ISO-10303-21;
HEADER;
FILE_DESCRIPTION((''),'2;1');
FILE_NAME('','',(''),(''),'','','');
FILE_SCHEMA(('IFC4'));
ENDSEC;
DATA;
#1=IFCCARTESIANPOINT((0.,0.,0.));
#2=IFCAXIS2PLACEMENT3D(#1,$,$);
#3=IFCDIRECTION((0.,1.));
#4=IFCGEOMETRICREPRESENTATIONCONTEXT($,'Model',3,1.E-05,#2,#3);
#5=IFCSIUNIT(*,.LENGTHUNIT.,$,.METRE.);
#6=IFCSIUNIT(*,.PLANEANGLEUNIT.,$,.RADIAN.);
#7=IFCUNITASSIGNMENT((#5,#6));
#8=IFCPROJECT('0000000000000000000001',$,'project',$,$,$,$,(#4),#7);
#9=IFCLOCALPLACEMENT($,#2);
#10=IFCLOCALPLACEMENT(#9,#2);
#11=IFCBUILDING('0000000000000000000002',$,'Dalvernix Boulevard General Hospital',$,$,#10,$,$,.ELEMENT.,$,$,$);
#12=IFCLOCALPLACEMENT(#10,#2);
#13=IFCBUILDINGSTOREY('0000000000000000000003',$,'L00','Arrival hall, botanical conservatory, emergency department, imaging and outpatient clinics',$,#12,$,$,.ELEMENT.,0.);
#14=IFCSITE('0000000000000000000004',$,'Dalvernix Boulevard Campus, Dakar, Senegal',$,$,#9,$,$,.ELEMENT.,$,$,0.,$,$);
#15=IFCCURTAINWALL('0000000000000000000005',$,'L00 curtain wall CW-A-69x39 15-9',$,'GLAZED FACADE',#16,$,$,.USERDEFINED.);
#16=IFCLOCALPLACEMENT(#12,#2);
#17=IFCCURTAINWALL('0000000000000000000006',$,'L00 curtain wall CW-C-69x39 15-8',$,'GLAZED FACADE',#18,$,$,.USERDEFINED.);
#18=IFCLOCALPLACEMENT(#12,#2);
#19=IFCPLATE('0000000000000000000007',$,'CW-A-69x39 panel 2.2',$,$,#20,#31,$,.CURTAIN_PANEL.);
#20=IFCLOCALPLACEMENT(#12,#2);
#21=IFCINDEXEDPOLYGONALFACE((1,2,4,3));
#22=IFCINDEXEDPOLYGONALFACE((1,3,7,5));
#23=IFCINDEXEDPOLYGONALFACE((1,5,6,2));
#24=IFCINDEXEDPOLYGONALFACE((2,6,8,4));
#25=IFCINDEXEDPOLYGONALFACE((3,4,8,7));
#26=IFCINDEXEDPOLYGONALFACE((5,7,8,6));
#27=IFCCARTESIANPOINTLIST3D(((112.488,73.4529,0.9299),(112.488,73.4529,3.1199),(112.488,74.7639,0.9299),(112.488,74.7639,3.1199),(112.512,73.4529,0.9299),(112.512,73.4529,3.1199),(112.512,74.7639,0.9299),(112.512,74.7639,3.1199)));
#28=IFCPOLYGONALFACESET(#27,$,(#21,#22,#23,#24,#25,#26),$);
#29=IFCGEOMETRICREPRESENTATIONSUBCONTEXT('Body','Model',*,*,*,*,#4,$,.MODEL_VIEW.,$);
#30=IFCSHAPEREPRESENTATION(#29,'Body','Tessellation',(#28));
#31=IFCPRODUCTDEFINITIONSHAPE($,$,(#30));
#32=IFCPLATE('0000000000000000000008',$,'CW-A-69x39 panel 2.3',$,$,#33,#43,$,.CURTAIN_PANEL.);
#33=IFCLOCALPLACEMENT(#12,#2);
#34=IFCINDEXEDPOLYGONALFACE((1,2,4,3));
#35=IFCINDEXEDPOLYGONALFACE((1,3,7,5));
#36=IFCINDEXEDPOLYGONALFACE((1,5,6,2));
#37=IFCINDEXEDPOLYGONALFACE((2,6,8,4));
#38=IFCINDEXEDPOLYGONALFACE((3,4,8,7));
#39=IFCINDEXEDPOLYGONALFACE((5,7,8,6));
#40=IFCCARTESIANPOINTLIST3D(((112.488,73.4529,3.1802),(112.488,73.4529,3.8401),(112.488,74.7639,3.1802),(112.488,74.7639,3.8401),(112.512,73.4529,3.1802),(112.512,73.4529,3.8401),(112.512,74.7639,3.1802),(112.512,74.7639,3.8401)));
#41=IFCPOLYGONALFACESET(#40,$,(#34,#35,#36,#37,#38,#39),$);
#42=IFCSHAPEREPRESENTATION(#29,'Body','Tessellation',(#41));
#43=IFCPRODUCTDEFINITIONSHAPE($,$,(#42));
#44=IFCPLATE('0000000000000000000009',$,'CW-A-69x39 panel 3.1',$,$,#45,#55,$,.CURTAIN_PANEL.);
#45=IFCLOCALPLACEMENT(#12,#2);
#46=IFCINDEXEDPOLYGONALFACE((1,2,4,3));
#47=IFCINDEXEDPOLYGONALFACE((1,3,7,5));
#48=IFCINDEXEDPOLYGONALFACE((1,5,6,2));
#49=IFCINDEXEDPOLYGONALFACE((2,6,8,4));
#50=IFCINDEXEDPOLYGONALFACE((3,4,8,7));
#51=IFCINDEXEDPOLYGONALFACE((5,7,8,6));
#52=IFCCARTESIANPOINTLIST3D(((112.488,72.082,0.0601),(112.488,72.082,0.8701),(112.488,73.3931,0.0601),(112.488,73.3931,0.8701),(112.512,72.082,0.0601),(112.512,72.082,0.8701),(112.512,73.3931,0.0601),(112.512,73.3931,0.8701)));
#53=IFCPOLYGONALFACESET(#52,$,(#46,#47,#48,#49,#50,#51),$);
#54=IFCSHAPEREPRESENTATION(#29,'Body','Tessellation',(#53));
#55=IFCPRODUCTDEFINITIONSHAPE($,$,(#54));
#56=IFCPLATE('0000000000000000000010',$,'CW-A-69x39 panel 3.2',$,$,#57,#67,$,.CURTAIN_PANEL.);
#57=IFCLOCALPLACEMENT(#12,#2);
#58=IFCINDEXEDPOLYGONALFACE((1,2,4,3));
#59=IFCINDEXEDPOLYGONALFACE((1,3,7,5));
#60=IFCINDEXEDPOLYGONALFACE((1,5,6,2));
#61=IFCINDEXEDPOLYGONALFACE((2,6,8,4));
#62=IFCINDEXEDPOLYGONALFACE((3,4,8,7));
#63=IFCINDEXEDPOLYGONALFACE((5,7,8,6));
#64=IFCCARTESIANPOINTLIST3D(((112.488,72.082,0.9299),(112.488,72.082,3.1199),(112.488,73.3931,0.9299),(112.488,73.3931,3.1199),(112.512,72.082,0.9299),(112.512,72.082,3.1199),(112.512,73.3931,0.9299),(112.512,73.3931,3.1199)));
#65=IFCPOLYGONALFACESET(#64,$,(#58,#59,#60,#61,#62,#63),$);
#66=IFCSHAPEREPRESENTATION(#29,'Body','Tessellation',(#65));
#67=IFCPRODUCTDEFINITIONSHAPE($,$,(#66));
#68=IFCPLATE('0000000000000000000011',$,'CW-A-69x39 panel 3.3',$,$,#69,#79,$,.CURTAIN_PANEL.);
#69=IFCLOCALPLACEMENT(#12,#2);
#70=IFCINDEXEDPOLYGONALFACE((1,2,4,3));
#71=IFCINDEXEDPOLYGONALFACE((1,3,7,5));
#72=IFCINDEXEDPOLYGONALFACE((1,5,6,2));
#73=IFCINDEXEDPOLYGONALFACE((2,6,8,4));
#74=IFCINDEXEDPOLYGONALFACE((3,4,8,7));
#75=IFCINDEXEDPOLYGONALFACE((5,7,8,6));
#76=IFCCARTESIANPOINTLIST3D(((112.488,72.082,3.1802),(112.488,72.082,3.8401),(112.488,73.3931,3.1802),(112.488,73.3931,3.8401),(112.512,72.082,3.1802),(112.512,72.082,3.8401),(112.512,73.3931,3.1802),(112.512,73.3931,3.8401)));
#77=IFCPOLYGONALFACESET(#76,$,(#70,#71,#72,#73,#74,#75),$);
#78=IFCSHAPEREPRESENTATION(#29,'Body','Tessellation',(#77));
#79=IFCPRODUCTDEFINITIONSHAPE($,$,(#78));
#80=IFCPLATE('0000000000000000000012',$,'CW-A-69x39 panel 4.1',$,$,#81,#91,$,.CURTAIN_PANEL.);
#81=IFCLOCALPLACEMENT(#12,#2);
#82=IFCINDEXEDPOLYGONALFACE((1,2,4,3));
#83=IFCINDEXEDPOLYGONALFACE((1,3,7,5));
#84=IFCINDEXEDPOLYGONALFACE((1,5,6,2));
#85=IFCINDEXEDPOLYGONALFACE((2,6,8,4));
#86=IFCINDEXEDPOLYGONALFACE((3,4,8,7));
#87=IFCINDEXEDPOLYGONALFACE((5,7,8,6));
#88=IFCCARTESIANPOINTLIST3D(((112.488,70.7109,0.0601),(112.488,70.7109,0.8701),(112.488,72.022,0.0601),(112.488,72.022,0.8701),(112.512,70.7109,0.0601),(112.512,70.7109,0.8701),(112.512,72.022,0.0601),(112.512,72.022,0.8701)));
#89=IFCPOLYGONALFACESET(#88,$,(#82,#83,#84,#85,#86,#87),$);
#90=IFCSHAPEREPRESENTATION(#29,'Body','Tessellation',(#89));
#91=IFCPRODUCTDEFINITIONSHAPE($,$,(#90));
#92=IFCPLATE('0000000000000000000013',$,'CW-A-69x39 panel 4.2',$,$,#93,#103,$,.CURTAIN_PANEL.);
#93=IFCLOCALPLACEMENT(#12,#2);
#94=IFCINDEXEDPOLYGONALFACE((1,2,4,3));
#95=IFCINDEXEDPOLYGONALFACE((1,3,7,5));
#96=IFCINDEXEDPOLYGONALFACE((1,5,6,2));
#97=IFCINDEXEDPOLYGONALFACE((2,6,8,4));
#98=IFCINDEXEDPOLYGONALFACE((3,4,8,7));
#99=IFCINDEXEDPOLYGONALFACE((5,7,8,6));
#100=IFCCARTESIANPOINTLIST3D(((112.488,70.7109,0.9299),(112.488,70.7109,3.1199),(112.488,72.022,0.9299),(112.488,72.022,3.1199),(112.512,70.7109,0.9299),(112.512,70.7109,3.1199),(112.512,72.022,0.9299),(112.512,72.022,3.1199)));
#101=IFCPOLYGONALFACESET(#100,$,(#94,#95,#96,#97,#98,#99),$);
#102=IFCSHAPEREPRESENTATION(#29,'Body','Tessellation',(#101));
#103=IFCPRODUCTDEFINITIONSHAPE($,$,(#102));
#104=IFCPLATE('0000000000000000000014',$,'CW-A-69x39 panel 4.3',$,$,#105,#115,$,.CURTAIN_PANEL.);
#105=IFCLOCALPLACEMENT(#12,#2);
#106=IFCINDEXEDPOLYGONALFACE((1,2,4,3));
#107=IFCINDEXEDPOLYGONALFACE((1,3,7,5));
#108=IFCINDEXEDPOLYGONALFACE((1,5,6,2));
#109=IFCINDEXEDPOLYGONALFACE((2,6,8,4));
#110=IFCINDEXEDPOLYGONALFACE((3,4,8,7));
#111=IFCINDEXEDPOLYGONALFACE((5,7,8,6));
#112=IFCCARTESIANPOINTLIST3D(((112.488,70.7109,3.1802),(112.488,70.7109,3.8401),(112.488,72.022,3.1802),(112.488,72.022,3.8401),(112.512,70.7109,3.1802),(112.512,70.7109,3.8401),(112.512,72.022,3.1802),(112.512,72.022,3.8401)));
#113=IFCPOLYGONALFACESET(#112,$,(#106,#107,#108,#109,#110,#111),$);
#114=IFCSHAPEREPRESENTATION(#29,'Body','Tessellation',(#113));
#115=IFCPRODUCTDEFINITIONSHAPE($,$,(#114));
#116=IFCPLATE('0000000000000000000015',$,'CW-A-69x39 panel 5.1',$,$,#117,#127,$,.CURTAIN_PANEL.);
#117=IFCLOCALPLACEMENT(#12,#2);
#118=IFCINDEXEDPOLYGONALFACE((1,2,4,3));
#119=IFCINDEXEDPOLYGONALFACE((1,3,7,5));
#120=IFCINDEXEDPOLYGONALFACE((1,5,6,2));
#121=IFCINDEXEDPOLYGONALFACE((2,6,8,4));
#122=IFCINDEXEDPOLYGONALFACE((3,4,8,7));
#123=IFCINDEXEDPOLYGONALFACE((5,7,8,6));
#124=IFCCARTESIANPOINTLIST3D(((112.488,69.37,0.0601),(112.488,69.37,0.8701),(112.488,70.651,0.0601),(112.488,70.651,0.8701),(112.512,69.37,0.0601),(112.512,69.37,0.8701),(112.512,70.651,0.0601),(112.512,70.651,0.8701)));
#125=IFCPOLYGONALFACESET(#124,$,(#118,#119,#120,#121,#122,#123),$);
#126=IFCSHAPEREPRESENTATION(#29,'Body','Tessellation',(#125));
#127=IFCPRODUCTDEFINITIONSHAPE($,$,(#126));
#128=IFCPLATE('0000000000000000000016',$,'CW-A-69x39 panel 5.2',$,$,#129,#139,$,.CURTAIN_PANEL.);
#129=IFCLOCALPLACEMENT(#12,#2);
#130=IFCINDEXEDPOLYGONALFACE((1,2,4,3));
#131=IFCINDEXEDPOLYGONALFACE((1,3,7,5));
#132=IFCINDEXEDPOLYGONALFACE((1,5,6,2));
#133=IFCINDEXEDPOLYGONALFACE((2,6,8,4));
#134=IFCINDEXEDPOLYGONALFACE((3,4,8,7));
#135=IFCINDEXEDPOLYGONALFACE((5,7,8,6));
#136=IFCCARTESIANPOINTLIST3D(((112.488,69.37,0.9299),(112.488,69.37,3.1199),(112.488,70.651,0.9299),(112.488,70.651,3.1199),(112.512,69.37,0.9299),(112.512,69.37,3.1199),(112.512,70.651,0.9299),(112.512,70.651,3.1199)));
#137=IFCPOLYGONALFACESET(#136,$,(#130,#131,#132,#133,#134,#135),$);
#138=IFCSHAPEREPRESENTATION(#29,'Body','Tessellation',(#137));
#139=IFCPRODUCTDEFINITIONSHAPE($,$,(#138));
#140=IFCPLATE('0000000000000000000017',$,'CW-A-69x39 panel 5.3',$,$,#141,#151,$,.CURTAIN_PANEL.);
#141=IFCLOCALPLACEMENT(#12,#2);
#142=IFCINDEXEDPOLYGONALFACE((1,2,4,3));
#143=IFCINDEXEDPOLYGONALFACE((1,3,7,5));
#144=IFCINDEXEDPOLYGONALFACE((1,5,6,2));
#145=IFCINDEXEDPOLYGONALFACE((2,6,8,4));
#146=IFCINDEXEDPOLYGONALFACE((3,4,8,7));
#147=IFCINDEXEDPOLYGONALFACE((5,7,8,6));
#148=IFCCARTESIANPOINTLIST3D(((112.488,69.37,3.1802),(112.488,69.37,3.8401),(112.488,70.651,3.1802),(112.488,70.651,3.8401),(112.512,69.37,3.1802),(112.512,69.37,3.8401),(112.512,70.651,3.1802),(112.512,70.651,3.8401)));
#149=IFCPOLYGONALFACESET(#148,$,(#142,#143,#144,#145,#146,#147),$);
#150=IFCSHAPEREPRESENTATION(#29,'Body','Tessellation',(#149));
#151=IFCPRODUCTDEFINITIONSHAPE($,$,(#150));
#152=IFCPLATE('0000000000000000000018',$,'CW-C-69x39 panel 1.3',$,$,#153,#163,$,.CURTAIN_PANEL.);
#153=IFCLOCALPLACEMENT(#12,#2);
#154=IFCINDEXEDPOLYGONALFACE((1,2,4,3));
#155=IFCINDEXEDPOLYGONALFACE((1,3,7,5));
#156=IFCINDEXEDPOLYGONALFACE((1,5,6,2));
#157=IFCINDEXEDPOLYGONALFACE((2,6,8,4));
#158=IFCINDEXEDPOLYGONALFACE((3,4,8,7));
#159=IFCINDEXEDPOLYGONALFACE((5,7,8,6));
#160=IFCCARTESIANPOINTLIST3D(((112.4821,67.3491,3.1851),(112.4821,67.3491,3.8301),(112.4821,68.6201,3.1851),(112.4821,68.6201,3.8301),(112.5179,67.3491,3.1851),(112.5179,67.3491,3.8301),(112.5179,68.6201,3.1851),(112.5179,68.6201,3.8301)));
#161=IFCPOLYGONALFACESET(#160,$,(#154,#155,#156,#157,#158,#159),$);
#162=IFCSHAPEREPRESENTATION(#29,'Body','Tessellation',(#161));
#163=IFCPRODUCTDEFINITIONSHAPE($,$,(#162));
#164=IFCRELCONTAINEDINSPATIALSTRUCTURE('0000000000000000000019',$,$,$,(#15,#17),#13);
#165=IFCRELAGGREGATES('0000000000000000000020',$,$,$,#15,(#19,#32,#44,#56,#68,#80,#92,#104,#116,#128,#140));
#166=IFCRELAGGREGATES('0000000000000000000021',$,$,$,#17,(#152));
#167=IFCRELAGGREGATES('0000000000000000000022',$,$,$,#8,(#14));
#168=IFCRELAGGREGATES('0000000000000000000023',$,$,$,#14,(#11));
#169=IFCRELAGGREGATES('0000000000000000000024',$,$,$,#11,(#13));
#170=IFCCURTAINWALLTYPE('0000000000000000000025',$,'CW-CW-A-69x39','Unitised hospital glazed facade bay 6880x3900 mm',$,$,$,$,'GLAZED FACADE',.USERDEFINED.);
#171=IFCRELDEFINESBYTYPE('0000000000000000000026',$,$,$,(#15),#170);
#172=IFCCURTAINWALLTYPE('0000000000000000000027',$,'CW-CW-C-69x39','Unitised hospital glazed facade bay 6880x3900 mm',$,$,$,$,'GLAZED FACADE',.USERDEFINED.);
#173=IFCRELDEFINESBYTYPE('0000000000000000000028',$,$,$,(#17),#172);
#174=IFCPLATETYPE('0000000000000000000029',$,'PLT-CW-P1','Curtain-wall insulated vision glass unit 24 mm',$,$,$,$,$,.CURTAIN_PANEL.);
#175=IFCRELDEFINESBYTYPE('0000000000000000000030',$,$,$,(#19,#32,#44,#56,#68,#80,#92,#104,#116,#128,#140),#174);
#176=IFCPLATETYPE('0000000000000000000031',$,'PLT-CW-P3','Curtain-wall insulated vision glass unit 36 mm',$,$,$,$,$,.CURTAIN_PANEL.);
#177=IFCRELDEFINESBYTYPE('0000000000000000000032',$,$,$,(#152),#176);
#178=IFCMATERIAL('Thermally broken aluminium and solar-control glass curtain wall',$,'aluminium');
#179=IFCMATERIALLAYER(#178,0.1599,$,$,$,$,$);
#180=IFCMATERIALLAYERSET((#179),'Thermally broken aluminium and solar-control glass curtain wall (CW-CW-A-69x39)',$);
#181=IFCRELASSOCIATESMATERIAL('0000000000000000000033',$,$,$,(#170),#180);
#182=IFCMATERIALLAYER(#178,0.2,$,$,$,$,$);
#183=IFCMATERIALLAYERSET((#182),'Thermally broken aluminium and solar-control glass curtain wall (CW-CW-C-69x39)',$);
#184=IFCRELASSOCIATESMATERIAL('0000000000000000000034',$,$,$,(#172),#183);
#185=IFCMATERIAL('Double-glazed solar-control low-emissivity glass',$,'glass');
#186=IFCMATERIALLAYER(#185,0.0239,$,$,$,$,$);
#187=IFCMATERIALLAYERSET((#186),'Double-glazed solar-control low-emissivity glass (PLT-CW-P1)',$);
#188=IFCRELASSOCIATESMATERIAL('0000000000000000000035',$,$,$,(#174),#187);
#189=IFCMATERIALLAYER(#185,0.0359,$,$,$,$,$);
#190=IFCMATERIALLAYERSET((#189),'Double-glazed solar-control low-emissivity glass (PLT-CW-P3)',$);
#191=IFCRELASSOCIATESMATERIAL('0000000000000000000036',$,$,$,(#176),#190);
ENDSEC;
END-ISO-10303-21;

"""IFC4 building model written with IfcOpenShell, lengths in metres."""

from ifc_helpers import new_model, si_unit, direction, frame, origin, origin_2d, place, context, subcontext, project, spatial, rectangle, extrude, material, layer, layer_set, type_object, element, aggregate, save


model = new_model("IFC4")

# Units and contexts
model_context = context("Model", 3, precision=1e-05, world=origin(), true_north=direction((0.0, 1.0)))
body_context = subcontext(model_context, "Body", "Model", "MODEL_VIEW")
ifc_project = project(units=[si_unit("LENGTHUNIT", "METRE"), si_unit("PLANEANGLEUNIT", "RADIAN")], contexts=[model_context])

# Site, building, storey
site_placement = place(None, origin())
site = spatial("IfcSite", under=ifc_project, at=site_placement, Name="Dalvernix Boulevard Campus, Dakar, Senegal", CompositionType="ELEMENT", RefElevation=0.0)
building_placement = place(site_placement, origin())
building = spatial("IfcBuilding", under=site, at=building_placement, Name="Dalvernix Boulevard General Hospital", CompositionType="ELEMENT")
storey_placement = place(building_placement, origin())
storey = spatial("IfcBuildingStorey", under=building, at=storey_placement, Name="L00", Description="Arrival hall, botanical conservatory, emergency department, imaging and outpatient clinics", CompositionType="ELEMENT", Elevation=0.0)

# Curtain wall
ifc_material_1 = material(Name="Thermally broken aluminium and solar-control glass curtain wall", Category="aluminium")
ifc_layer_1 = layer(ifc_material_1, 0.1599)
ifc_layer_set_1 = layer_set([ifc_layer_1], Name="Thermally broken aluminium and solar-control glass curtain wall (CW-CW-A-69x39)")
curtain_wall_type_1 = type_object("IfcCurtainWallType", Name="CW-CW-A-69x39", Description="Unitised hospital glazed facade bay 6880x3900 mm", ElementType="GLAZED FACADE", PredefinedType="USERDEFINED", material=ifc_layer_set_1)
curtain_wall_1_placement = place(storey_placement, origin())
curtain_wall_1 = element("IfcCurtainWall", 1, at=curtain_wall_1_placement, inside=storey, type_object=curtain_wall_type_1, Name="L00 curtain wall CW-A-69x39 15-9", ObjectType="GLAZED FACADE", PredefinedType="USERDEFINED")

# Curtain wall
ifc_layer_2 = layer(ifc_material_1, 0.2)
ifc_layer_set_2 = layer_set([ifc_layer_2], Name="Thermally broken aluminium and solar-control glass curtain wall (CW-CW-C-69x39)")
curtain_wall_type_2 = type_object("IfcCurtainWallType", Name="CW-CW-C-69x39", Description="Unitised hospital glazed facade bay 6880x3900 mm", ElementType="GLAZED FACADE", PredefinedType="USERDEFINED", material=ifc_layer_set_2)
curtain_wall_2_placement = place(storey_placement, origin())
curtain_wall_2 = element("IfcCurtainWall", 2, at=curtain_wall_2_placement, inside=storey, type_object=curtain_wall_type_2, Name="L00 curtain wall CW-C-69x39 15-8", ObjectType="GLAZED FACADE", PredefinedType="USERDEFINED")

# Plates
ifc_material_2 = material(Name="Double-glazed solar-control low-emissivity glass", Category="glass")
ifc_layer_3 = layer(ifc_material_2, 0.0239)
ifc_layer_set_3 = layer_set([ifc_layer_3], Name="Double-glazed solar-control low-emissivity glass (PLT-CW-P1)")
plate_type_1 = type_object("IfcPlateType", Name="PLT-CW-P1", Description="Curtain-wall insulated vision glass unit 24 mm", PredefinedType="CURTAIN_PANEL", material=ifc_layer_set_3)
plate_1_placement = place(storey_placement, frame((112.5, 74.1084, 0.9299), z_axis=(0.0, 0.0, 1.0), x_axis=(0.0, -1.0, 0.0)))
plate_1 = element("IfcPlate", 3, at=plate_1_placement, type_object=plate_type_1, Name="CW-A-69x39 panel 2.2", PredefinedType="CURTAIN_PANEL", context=body_context, shape_type="SweptSolid", body=[
    extrude(rectangle(XDim=1.311, YDim=0.0239, at=origin_2d()), origin(), (0.0, 0.0, 1.0), 2.1899),
])
plate_2_placement = place(storey_placement, frame((112.5, 74.1084, 3.1802), z_axis=(0.0, 0.0, 1.0), x_axis=(0.0, -1.0, 0.0)))
plate_2 = element("IfcPlate", 4, at=plate_2_placement, type_object=plate_type_1, Name="CW-A-69x39 panel 2.3", PredefinedType="CURTAIN_PANEL", context=body_context, shape_type="SweptSolid", body=[
    extrude(rectangle(XDim=1.311, YDim=0.0239, at=origin_2d()), origin(), (0.0, 0.0, 1.0), 0.6599),
])
plate_3_placement = place(storey_placement, frame((112.5, 72.7375, 0.0601), z_axis=(0.0, 0.0, 1.0), x_axis=(0.0, -1.0, 0.0)))
plate_3 = element("IfcPlate", 5, at=plate_3_placement, type_object=plate_type_1, Name="CW-A-69x39 panel 3.1", PredefinedType="CURTAIN_PANEL", context=body_context, shape_type="SweptSolid", body=[
    extrude(rectangle(XDim=1.311, YDim=0.0239, at=origin_2d()), origin(), (0.0, 0.0, 1.0), 0.8101),
])
plate_4_placement = place(storey_placement, frame((112.5, 72.7375, 0.9299), z_axis=(0.0, 0.0, 1.0), x_axis=(0.0, -1.0, 0.0)))
plate_4 = element("IfcPlate", 6, at=plate_4_placement, type_object=plate_type_1, Name="CW-A-69x39 panel 3.2", PredefinedType="CURTAIN_PANEL", context=body_context, shape_type="SweptSolid", body=[
    extrude(rectangle(XDim=1.311, YDim=0.0239, at=origin_2d()), origin(), (0.0, 0.0, 1.0), 2.1899),
])
plate_5_placement = place(storey_placement, frame((112.5, 72.7375, 3.1802), z_axis=(0.0, 0.0, 1.0), x_axis=(0.0, -1.0, 0.0)))
plate_5 = element("IfcPlate", 7, at=plate_5_placement, type_object=plate_type_1, Name="CW-A-69x39 panel 3.3", PredefinedType="CURTAIN_PANEL", context=body_context, shape_type="SweptSolid", body=[
    extrude(rectangle(XDim=1.311, YDim=0.0239, at=origin_2d()), origin(), (0.0, 0.0, 1.0), 0.6599),
])
plate_6_placement = place(storey_placement, frame((112.5, 71.3665, 0.0601), z_axis=(0.0, 0.0, 1.0), x_axis=(0.0, -1.0, 0.0)))
plate_6 = element("IfcPlate", 8, at=plate_6_placement, type_object=plate_type_1, Name="CW-A-69x39 panel 4.1", PredefinedType="CURTAIN_PANEL", context=body_context, shape_type="SweptSolid", body=[
    extrude(rectangle(XDim=1.311, YDim=0.0239, at=origin_2d()), origin(), (0.0, 0.0, 1.0), 0.8101),
])
plate_7_placement = place(storey_placement, frame((112.5, 71.3665, 0.9299), z_axis=(0.0, 0.0, 1.0), x_axis=(0.0, -1.0, 0.0)))
plate_7 = element("IfcPlate", 9, at=plate_7_placement, type_object=plate_type_1, Name="CW-A-69x39 panel 4.2", PredefinedType="CURTAIN_PANEL", context=body_context, shape_type="SweptSolid", body=[
    extrude(rectangle(XDim=1.311, YDim=0.0239, at=origin_2d()), origin(), (0.0, 0.0, 1.0), 2.1899),
])
plate_8_placement = place(storey_placement, frame((112.5, 71.3665, 3.1802), z_axis=(0.0, 0.0, 1.0), x_axis=(0.0, -1.0, 0.0)))
plate_8 = element("IfcPlate", 10, at=plate_8_placement, type_object=plate_type_1, Name="CW-A-69x39 panel 4.3", PredefinedType="CURTAIN_PANEL", context=body_context, shape_type="SweptSolid", body=[
    extrude(rectangle(XDim=1.311, YDim=0.0239, at=origin_2d()), origin(), (0.0, 0.0, 1.0), 0.6599),
])
plate_9_placement = place(storey_placement, frame((112.5, 70.0105, 0.0601), z_axis=(0.0, 0.0, 1.0), x_axis=(0.0, -1.0, 0.0)))
plate_9 = element("IfcPlate", 11, at=plate_9_placement, type_object=plate_type_1, Name="CW-A-69x39 panel 5.1", PredefinedType="CURTAIN_PANEL", context=body_context, shape_type="SweptSolid", body=[
    extrude(rectangle(XDim=1.281, YDim=0.0239, at=origin_2d()), origin(), (0.0, 0.0, 1.0), 0.8101),
])
plate_10_placement = place(storey_placement, frame((112.5, 70.0105, 0.9299), z_axis=(0.0, 0.0, 1.0), x_axis=(0.0, -1.0, 0.0)))
plate_10 = element("IfcPlate", 12, at=plate_10_placement, type_object=plate_type_1, Name="CW-A-69x39 panel 5.2", PredefinedType="CURTAIN_PANEL", context=body_context, shape_type="SweptSolid", body=[
    extrude(rectangle(XDim=1.281, YDim=0.0239, at=origin_2d()), origin(), (0.0, 0.0, 1.0), 2.1899),
])
plate_11_placement = place(storey_placement, frame((112.5, 70.0105, 3.1802), z_axis=(0.0, 0.0, 1.0), x_axis=(0.0, -1.0, 0.0)))
plate_11 = element("IfcPlate", 13, at=plate_11_placement, type_object=plate_type_1, Name="CW-A-69x39 panel 5.3", PredefinedType="CURTAIN_PANEL", context=body_context, shape_type="SweptSolid", body=[
    extrude(rectangle(XDim=1.281, YDim=0.0239, at=origin_2d()), origin(), (0.0, 0.0, 1.0), 0.6599),
])
aggregate(curtain_wall_1, [plate_1, plate_2, plate_3, plate_4, plate_5, plate_6, plate_7, plate_8, plate_9, plate_10, plate_11])
ifc_layer_4 = layer(ifc_material_2, 0.0359)
ifc_layer_set_4 = layer_set([ifc_layer_4], Name="Double-glazed solar-control low-emissivity glass (PLT-CW-P3)")
plate_type_2 = type_object("IfcPlateType", Name="PLT-CW-P3", Description="Curtain-wall insulated vision glass unit 36 mm", PredefinedType="CURTAIN_PANEL", material=ifc_layer_set_4)
plate_12_placement = place(storey_placement, frame((112.5, 67.9846, 3.1851), z_axis=(0.0, 0.0, 1.0), x_axis=(0.0, -1.0, 0.0)))
plate_12 = element("IfcPlate", 14, at=plate_12_placement, type_object=plate_type_2, Name="CW-C-69x39 panel 1.3", PredefinedType="CURTAIN_PANEL", context=body_context, shape_type="SweptSolid", body=[
    extrude(rectangle(XDim=1.271, YDim=0.0359, at=origin_2d()), origin(), (0.0, 0.0, 1.0), 0.645),
])
aggregate(curtain_wall_2, [plate_12])

save(model, "model.ifc")
